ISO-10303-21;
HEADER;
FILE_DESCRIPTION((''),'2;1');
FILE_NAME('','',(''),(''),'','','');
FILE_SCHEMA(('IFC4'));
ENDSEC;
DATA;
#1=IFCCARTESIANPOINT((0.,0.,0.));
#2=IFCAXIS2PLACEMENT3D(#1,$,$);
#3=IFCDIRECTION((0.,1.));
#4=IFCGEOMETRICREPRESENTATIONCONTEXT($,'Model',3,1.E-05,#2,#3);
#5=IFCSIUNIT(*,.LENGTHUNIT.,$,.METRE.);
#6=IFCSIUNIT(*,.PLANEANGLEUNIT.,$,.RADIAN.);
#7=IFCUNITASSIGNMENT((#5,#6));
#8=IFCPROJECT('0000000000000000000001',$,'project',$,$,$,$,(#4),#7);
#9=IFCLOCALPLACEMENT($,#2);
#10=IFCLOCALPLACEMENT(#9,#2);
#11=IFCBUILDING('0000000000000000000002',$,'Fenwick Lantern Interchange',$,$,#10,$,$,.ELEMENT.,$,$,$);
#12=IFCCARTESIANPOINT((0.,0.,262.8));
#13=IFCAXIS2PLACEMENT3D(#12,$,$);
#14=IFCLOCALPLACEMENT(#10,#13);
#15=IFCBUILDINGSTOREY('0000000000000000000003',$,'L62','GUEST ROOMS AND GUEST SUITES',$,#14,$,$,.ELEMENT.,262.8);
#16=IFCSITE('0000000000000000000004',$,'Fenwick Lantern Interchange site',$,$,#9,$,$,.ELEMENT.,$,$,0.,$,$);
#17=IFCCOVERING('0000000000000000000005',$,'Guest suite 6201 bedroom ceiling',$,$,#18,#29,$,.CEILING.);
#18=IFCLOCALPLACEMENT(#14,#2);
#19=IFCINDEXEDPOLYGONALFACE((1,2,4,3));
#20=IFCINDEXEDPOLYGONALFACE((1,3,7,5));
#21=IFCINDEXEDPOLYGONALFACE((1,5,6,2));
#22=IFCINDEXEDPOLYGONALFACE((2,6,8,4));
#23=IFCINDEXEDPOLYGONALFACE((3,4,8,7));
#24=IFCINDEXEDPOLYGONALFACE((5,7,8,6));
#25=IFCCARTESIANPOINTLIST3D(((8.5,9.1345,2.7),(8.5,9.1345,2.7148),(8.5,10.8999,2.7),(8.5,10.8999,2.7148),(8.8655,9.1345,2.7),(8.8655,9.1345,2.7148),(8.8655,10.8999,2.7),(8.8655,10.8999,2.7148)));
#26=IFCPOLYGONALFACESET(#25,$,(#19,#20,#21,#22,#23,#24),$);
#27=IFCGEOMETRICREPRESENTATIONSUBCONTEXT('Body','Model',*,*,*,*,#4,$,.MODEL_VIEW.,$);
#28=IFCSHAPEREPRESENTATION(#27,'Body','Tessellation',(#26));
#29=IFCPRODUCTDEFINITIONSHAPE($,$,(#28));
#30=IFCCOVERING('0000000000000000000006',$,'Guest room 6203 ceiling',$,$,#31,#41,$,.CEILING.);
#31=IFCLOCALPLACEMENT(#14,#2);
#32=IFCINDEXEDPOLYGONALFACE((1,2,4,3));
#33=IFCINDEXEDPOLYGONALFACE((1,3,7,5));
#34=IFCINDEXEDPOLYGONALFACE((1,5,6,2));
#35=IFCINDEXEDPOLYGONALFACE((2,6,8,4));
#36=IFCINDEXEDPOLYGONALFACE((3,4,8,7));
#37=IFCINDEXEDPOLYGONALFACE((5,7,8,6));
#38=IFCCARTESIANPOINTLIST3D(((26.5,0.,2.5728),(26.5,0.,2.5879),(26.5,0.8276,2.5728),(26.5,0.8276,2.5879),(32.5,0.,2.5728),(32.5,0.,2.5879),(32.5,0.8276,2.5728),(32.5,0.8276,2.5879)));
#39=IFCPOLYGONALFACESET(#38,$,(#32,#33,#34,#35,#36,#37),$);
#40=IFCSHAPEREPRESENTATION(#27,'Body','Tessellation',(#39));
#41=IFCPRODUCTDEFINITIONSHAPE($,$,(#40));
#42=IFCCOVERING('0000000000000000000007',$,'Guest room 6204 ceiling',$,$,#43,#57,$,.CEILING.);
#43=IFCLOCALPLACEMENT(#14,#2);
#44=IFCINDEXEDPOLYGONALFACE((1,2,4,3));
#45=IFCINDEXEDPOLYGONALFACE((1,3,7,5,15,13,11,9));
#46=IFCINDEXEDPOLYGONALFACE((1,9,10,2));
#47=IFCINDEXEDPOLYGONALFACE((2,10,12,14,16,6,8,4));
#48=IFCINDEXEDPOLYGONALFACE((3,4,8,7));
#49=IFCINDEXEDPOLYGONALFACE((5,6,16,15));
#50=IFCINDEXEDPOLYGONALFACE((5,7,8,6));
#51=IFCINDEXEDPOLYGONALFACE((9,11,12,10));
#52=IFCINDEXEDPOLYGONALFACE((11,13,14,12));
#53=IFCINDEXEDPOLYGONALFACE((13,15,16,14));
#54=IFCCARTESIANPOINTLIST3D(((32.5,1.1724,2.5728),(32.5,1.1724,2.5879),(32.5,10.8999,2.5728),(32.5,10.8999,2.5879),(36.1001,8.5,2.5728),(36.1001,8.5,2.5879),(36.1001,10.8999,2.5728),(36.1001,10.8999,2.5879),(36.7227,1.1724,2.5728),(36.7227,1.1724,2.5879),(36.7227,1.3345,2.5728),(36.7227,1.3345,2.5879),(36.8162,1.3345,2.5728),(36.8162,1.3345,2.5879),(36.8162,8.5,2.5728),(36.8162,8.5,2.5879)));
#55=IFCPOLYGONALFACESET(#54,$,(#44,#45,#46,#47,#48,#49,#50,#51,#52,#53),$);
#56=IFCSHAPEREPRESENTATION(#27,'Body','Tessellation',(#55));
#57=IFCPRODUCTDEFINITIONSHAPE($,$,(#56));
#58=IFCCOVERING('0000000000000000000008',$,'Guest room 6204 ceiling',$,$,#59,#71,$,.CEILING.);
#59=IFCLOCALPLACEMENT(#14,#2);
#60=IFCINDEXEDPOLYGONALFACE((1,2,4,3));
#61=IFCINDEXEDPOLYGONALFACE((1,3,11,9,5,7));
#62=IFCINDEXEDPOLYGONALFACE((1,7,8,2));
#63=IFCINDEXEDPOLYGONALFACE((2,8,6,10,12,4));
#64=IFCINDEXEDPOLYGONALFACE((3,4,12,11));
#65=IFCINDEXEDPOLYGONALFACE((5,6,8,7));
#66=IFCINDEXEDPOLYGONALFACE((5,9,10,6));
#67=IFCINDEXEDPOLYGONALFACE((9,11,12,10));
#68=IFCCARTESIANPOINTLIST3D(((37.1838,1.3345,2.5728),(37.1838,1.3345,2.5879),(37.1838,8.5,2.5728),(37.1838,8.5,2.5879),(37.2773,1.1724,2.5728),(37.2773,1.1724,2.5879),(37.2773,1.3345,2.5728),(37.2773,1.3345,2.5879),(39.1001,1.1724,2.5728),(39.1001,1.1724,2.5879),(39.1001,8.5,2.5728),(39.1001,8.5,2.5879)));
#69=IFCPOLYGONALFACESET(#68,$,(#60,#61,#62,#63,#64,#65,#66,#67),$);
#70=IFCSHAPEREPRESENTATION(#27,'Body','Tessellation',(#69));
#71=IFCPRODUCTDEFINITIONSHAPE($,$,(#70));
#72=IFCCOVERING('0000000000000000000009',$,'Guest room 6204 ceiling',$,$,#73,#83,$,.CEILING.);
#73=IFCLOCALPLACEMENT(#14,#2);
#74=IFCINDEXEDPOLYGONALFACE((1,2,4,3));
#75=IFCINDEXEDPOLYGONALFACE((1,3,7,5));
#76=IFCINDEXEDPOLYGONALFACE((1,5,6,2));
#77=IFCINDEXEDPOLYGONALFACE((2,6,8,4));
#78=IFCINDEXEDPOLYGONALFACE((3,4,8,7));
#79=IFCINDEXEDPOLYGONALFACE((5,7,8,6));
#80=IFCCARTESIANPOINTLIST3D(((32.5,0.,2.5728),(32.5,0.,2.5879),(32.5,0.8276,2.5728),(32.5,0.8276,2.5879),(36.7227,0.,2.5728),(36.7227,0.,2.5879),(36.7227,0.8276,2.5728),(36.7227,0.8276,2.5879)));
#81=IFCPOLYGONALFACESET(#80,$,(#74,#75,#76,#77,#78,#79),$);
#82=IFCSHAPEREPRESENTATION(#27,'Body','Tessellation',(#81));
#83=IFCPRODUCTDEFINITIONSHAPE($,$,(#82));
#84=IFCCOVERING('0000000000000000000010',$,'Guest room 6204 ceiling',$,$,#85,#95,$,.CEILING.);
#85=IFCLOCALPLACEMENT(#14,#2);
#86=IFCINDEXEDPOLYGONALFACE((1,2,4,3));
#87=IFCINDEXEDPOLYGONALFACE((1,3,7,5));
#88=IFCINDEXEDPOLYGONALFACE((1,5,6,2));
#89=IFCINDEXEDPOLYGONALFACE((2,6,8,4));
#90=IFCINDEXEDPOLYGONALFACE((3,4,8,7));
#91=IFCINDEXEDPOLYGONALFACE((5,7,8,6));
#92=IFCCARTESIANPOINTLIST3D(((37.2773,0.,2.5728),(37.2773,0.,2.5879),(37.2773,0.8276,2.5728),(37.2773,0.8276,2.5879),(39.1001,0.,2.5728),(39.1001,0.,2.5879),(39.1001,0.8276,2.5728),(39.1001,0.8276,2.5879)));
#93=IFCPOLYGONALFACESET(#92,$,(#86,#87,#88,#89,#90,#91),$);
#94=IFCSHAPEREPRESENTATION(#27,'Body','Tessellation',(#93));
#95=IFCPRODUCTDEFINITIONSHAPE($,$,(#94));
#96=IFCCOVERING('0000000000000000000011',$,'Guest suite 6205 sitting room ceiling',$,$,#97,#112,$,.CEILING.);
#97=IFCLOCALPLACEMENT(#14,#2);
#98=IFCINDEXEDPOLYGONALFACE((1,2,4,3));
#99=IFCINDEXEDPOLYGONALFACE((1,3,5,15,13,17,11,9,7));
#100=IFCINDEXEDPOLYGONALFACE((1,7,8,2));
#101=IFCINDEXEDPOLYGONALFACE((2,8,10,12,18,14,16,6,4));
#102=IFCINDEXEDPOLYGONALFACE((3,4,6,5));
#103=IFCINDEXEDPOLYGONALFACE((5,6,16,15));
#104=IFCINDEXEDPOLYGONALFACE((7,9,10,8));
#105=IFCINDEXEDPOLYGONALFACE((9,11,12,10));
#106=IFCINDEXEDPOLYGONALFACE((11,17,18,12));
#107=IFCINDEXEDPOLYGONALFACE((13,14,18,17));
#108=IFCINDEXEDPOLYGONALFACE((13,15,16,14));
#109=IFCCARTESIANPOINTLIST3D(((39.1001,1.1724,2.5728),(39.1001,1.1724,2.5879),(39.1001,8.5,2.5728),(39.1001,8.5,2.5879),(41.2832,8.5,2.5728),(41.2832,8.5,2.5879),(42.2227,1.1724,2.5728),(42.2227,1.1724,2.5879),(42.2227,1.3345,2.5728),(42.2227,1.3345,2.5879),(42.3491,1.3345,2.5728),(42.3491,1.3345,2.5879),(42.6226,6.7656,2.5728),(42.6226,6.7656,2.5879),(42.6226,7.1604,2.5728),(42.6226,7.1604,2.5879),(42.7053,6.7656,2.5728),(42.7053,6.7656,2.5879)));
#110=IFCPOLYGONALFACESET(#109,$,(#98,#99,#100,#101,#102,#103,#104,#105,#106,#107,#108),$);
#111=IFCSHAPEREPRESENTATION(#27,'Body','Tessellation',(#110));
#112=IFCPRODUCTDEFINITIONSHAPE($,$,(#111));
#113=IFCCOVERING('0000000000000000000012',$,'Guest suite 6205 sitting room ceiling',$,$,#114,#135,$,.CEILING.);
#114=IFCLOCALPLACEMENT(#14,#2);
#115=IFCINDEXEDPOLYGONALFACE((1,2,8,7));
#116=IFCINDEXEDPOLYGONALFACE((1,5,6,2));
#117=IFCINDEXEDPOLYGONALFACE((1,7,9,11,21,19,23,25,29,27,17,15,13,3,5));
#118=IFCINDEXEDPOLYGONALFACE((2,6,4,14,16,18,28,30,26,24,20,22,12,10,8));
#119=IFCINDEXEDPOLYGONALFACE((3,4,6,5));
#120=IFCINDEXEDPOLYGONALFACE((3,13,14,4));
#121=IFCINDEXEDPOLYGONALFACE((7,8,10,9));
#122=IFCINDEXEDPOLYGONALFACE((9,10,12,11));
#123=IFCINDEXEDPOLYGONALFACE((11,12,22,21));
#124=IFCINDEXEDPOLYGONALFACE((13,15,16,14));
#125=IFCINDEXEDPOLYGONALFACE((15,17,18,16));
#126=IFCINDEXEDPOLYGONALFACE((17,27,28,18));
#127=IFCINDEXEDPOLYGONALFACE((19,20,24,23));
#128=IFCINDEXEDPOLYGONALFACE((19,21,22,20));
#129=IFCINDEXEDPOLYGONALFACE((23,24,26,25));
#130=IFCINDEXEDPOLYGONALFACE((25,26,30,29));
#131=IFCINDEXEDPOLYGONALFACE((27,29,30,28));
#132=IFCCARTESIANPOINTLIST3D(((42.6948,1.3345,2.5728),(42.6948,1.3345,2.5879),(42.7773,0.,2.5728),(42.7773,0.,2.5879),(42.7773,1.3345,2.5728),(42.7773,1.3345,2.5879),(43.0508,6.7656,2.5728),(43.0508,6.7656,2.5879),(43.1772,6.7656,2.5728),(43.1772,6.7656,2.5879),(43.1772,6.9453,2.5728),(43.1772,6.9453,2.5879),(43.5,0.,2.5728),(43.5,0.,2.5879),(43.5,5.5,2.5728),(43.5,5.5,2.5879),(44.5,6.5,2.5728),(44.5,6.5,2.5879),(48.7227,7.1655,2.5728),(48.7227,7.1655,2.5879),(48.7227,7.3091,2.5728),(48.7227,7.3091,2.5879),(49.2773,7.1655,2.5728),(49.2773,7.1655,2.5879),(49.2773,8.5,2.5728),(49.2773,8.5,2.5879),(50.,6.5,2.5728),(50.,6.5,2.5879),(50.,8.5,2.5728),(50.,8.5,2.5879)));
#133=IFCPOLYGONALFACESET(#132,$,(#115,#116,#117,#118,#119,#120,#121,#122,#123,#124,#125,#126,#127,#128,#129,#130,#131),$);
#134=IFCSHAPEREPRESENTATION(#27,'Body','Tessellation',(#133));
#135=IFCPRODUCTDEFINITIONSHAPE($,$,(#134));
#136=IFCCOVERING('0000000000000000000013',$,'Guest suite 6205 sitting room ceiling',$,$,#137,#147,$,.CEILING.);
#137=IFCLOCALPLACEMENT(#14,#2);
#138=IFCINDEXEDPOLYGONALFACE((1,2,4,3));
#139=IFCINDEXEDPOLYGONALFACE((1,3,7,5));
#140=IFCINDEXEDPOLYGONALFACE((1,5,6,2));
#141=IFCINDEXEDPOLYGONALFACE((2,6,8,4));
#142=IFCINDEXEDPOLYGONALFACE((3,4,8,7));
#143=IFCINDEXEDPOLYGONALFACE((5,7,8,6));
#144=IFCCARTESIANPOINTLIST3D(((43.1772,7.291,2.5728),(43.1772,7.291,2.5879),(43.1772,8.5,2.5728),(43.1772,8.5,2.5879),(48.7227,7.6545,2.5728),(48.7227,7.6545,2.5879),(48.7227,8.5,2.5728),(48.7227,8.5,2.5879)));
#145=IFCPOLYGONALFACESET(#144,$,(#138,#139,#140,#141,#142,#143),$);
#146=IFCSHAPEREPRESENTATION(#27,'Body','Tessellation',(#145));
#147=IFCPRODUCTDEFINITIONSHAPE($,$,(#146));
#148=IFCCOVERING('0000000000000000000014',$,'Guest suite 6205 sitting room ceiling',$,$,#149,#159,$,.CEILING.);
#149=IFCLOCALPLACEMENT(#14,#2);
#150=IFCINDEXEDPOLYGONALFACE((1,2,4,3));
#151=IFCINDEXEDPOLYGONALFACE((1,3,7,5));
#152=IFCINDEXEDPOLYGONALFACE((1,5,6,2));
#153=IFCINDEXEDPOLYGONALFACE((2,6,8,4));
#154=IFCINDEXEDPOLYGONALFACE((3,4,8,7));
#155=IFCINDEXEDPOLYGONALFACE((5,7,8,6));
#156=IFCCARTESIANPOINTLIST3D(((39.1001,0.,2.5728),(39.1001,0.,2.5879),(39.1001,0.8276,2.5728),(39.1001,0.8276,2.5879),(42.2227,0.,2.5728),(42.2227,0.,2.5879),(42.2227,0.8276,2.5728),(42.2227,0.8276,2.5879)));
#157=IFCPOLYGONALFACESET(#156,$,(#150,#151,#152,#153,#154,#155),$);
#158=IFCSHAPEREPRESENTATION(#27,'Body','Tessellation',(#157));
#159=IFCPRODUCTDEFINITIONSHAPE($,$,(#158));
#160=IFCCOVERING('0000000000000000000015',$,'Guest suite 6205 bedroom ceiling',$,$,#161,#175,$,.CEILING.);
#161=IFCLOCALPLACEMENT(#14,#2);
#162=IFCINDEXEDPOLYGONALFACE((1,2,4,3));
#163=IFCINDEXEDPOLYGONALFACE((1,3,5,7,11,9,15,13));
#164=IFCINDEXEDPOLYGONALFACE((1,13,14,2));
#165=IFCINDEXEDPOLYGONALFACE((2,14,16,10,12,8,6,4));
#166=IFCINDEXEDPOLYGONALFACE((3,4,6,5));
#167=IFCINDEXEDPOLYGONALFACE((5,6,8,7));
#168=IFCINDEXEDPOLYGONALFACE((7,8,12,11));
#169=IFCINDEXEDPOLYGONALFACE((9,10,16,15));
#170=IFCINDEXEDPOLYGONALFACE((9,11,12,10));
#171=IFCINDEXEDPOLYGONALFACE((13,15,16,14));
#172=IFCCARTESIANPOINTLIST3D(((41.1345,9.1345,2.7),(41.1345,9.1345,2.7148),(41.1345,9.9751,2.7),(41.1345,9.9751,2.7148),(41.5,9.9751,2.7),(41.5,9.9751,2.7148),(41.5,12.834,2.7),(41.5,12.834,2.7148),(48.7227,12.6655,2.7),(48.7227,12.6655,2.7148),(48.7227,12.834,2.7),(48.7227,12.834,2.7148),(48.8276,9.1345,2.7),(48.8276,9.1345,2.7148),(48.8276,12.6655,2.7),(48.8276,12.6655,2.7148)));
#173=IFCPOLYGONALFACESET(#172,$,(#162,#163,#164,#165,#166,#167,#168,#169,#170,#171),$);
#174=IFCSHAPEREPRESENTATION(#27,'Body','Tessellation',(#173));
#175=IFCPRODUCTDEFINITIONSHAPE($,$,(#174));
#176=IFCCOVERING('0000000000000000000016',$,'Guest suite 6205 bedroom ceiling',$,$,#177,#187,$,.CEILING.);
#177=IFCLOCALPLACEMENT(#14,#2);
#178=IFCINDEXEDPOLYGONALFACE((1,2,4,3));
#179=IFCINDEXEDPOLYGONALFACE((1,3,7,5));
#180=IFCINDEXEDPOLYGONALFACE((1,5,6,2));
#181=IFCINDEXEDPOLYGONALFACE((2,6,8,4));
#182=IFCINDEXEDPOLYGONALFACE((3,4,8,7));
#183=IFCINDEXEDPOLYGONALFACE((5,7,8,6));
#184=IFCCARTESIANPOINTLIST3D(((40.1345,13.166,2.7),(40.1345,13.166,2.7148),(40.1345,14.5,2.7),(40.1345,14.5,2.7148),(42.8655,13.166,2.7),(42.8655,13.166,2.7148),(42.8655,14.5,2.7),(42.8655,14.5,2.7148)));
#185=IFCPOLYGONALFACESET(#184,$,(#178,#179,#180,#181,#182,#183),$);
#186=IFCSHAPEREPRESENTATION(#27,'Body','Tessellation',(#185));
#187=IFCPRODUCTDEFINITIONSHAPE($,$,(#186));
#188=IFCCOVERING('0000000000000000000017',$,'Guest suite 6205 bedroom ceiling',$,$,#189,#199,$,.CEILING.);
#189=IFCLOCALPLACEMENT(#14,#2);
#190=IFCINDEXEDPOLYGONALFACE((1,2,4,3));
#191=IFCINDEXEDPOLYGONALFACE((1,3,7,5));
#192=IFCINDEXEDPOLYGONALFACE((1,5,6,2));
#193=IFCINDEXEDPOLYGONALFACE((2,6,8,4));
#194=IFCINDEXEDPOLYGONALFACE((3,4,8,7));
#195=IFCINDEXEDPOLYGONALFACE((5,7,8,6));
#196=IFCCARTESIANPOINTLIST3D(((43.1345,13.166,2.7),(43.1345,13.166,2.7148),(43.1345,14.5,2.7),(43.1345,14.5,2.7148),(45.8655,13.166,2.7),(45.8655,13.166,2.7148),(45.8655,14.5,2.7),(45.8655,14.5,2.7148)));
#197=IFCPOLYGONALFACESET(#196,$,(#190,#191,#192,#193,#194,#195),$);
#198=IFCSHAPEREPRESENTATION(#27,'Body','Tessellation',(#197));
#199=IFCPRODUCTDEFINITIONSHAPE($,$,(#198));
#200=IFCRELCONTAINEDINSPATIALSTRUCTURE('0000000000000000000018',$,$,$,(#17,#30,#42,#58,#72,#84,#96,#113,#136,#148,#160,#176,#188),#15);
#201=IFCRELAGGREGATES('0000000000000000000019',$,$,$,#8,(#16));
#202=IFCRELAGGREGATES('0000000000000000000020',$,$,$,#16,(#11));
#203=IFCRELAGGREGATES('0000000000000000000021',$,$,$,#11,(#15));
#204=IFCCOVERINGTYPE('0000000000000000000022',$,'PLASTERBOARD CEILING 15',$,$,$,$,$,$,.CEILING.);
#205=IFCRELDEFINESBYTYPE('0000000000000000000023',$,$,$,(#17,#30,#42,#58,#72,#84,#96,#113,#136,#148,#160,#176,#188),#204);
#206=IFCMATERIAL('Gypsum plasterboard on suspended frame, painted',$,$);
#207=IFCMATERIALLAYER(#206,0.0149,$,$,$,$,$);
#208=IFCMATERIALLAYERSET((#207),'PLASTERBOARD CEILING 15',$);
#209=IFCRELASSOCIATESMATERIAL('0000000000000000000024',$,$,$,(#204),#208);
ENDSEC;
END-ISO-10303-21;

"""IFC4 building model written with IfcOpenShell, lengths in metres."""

from ifc_helpers import new_model, si_unit, direction, frame, origin, place, context, subcontext, project, spatial, polyline, outline, extrude, material, layer, layer_set, type_object, element, save


model = new_model("IFC4")

# Units and contexts
model_context = context("Model", 3, precision=1e-05, world=origin(), true_north=direction((0.0, 1.0)))
body_context = subcontext(model_context, "Body", "Model", "MODEL_VIEW")
ifc_project = project(units=[si_unit("LENGTHUNIT", "METRE"), si_unit("PLANEANGLEUNIT", "RADIAN")], contexts=[model_context])

# Site, building, storey
site_placement = place(None, origin())
site = spatial("IfcSite", under=ifc_project, at=site_placement, Name="Fenwick Lantern Interchange site", CompositionType="ELEMENT", RefElevation=0.0)
building_placement = place(site_placement, origin())
building = spatial("IfcBuilding", under=site, at=building_placement, Name="Fenwick Lantern Interchange", CompositionType="ELEMENT")
storey_placement = place(building_placement, frame((0.0, 0.0, 262.8)))
storey = spatial("IfcBuildingStorey", under=building, at=storey_placement, Name="L62", Description="GUEST ROOMS AND GUEST SUITES", CompositionType="ELEMENT", Elevation=262.8)

# Coverings
ifc_material_1 = material(Name="Gypsum plasterboard on suspended frame, painted")
ifc_layer_1 = layer(ifc_material_1, 0.0149)
ifc_layer_set_1 = layer_set([ifc_layer_1], Name="PLASTERBOARD CEILING 15")
covering_type_1 = type_object("IfcCoveringType", Name="PLASTERBOARD CEILING 15", PredefinedType="CEILING", material=ifc_layer_set_1)
covering_1_placement = place(storey_placement, frame((0.0, 0.0, 2.7)))
element("IfcCovering", 1, at=covering_1_placement, inside=storey, type_object=covering_type_1, Name="Guest suite 6201 bedroom ceiling", PredefinedType="CEILING", context=body_context, shape_type="SweptSolid", body=[
    extrude(outline(polyline([(8.5, 10.8999), (8.5, 9.1345), (8.8655, 9.1345), (8.8655, 10.8999), (8.5, 10.8999)])), origin(), (0.0, 0.0, 1.0), 0.0149),
])
covering_2_placement = place(storey_placement, frame((0.0, 0.0, 2.5728)))
element("IfcCovering", 2, at=covering_2_placement, inside=storey, type_object=covering_type_1, Name="Guest room 6203 ceiling", PredefinedType="CEILING", context=body_context, shape_type="SweptSolid", body=[
    extrude(outline(polyline([(26.5, 0.0), (32.5, 0.0), (32.5, 0.8276), (26.5, 0.8276), (26.5, 0.0)])), origin(), (0.0, 0.0, 1.0), 0.0151),
])
covering_3_placement = place(storey_placement, frame((0.0, 0.0, 2.5728)))
element("IfcCovering", 3, at=covering_3_placement, inside=storey, type_object=covering_type_1, Name="Guest room 6204 ceiling", PredefinedType="CEILING", context=body_context, shape_type="SweptSolid", body=[
    extrude(outline(polyline([(36.7227, 1.3345), (36.8162, 1.3345), (36.8162, 8.5), (36.1001, 8.5), (36.1001, 10.8999), (32.5, 10.8999), (32.5, 1.1724), (36.7227, 1.1724), (36.7227, 1.3345)])), origin(), (0.0, 0.0, 1.0), 0.0151),
])
covering_4_placement = place(storey_placement, frame((0.0, 0.0, 2.5728)))
element("IfcCovering", 4, at=covering_4_placement, inside=storey, type_object=covering_type_1, Name="Guest room 6204 ceiling", PredefinedType="CEILING", context=body_context, shape_type="SweptSolid", body=[
    extrude(outline(polyline([(37.2773, 1.3345), (37.2773, 1.1724), (39.1001, 1.1724), (39.1001, 8.5), (37.1838, 8.5), (37.1838, 1.3345), (37.2773, 1.3345)])), origin(), (0.0, 0.0, 1.0), 0.0151),
])
covering_5_placement = place(storey_placement, frame((0.0, 0.0, 2.5728)))
element("IfcCovering", 5, at=covering_5_placement, inside=storey, type_object=covering_type_1, Name="Guest room 6204 ceiling", PredefinedType="CEILING", context=body_context, shape_type="SweptSolid", body=[
    extrude(outline(polyline([(36.7227, 0.0), (36.7227, 0.8276), (32.5, 0.8276), (32.5, 0.0), (36.7227, 0.0)])), origin(), (0.0, 0.0, 1.0), 0.0151),
])
covering_6_placement = place(storey_placement, frame((0.0, 0.0, 2.5728)))
element("IfcCovering", 6, at=covering_6_placement, inside=storey, type_object=covering_type_1, Name="Guest room 6204 ceiling", PredefinedType="CEILING", context=body_context, shape_type="SweptSolid", body=[
    extrude(outline(polyline([(37.2773, 0.8276), (37.2773, 0.0), (39.1001, 0.0), (39.1001, 0.8276), (37.2773, 0.8276)])), origin(), (0.0, 0.0, 1.0), 0.0151),
])
covering_7_placement = place(storey_placement, frame((0.0, 0.0, 2.5728)))
element("IfcCovering", 7, at=covering_7_placement, inside=storey, type_object=covering_type_1, Name="Guest suite 6205 sitting room ceiling", PredefinedType="CEILING", context=body_context, shape_type="SweptSolid", body=[
    extrude(outline(polyline([(42.2227, 1.3345), (42.3491, 1.3345), (42.7053, 6.7656), (42.6226, 6.7656), (42.6226, 7.1604), (41.2832, 8.5), (39.1001, 8.5), (39.1001, 1.1724), (42.2227, 1.1724), (42.2227, 1.3345)])), origin(), (0.0, 0.0, 1.0), 0.0151),
])
covering_8_placement = place(storey_placement, frame((0.0, 0.0, 2.5728)))
element("IfcCovering", 8, at=covering_8_placement, inside=storey, type_object=covering_type_1, Name="Guest suite 6205 sitting room ceiling", PredefinedType="CEILING", context=body_context, shape_type="SweptSolid", body=[
    extrude(outline(polyline([(42.7773, 1.3345), (42.7773, 0.0), (43.5, 0.0), (43.5, 5.5), (44.5, 6.5), (50.0, 6.5), (50.0, 8.5), (49.2773, 8.5), (49.2773, 7.1655), (48.7227, 7.1655), (48.7227, 7.3091), (43.1772, 6.9453), (43.1772, 6.7656), (43.0508, 6.7656), (42.6948, 1.3345), (42.7773, 1.3345)])), origin(), (0.0, 0.0, 1.0), 0.0151),
])
covering_9_placement = place(storey_placement, frame((0.0, 0.0, 2.5728)))
element("IfcCovering", 9, at=covering_9_placement, inside=storey, type_object=covering_type_1, Name="Guest suite 6205 sitting room ceiling", PredefinedType="CEILING", context=body_context, shape_type="SweptSolid", body=[
    extrude(outline(polyline([(43.1772, 8.5), (43.1772, 7.291), (48.7227, 7.6545), (48.7227, 8.5), (43.1772, 8.5)])), origin(), (0.0, 0.0, 1.0), 0.0151),
])
covering_10_placement = place(storey_placement, frame((0.0, 0.0, 2.5728)))
element("IfcCovering", 10, at=covering_10_placement, inside=storey, type_object=covering_type_1, Name="Guest suite 6205 sitting room ceiling", PredefinedType="CEILING", context=body_context, shape_type="SweptSolid", body=[
    extrude(outline(polyline([(42.2227, 0.0), (42.2227, 0.8276), (39.1001, 0.8276), (39.1001, 0.0), (42.2227, 0.0)])), origin(), (0.0, 0.0, 1.0), 0.0151),
])
covering_11_placement = place(storey_placement, frame((0.0, 0.0, 2.7)))
element("IfcCovering", 11, at=covering_11_placement, inside=storey, type_object=covering_type_1, Name="Guest suite 6205 bedroom ceiling", PredefinedType="CEILING", context=body_context, shape_type="SweptSolid", body=[
    extrude(outline(polyline([(48.7227, 12.6655), (48.7227, 12.834), (41.5, 12.834), (41.5, 9.9751), (41.1345, 9.9751), (41.1345, 9.1345), (48.8276, 9.1345), (48.8276, 12.6655), (48.7227, 12.6655)])), origin(), (0.0, 0.0, 1.0), 0.0149),
])
covering_12_placement = place(storey_placement, frame((0.0, 0.0, 2.7)))
element("IfcCovering", 12, at=covering_12_placement, inside=storey, type_object=covering_type_1, Name="Guest suite 6205 bedroom ceiling", PredefinedType="CEILING", context=body_context, shape_type="SweptSolid", body=[
    extrude(outline(polyline([(42.8655, 14.5), (40.1345, 14.5), (40.1345, 13.166), (42.8655, 13.166), (42.8655, 14.5)])), origin(), (0.0, 0.0, 1.0), 0.0149),
])
covering_13_placement = place(storey_placement, frame((0.0, 0.0, 2.7)))
element("IfcCovering", 13, at=covering_13_placement, inside=storey, type_object=covering_type_1, Name="Guest suite 6205 bedroom ceiling", PredefinedType="CEILING", context=body_context, shape_type="SweptSolid", body=[
    extrude(outline(polyline([(45.8655, 14.5), (43.1345, 14.5), (43.1345, 13.166), (45.8655, 13.166), (45.8655, 14.5)])), origin(), (0.0, 0.0, 1.0), 0.0149),
])

save(model, "model.ifc")
